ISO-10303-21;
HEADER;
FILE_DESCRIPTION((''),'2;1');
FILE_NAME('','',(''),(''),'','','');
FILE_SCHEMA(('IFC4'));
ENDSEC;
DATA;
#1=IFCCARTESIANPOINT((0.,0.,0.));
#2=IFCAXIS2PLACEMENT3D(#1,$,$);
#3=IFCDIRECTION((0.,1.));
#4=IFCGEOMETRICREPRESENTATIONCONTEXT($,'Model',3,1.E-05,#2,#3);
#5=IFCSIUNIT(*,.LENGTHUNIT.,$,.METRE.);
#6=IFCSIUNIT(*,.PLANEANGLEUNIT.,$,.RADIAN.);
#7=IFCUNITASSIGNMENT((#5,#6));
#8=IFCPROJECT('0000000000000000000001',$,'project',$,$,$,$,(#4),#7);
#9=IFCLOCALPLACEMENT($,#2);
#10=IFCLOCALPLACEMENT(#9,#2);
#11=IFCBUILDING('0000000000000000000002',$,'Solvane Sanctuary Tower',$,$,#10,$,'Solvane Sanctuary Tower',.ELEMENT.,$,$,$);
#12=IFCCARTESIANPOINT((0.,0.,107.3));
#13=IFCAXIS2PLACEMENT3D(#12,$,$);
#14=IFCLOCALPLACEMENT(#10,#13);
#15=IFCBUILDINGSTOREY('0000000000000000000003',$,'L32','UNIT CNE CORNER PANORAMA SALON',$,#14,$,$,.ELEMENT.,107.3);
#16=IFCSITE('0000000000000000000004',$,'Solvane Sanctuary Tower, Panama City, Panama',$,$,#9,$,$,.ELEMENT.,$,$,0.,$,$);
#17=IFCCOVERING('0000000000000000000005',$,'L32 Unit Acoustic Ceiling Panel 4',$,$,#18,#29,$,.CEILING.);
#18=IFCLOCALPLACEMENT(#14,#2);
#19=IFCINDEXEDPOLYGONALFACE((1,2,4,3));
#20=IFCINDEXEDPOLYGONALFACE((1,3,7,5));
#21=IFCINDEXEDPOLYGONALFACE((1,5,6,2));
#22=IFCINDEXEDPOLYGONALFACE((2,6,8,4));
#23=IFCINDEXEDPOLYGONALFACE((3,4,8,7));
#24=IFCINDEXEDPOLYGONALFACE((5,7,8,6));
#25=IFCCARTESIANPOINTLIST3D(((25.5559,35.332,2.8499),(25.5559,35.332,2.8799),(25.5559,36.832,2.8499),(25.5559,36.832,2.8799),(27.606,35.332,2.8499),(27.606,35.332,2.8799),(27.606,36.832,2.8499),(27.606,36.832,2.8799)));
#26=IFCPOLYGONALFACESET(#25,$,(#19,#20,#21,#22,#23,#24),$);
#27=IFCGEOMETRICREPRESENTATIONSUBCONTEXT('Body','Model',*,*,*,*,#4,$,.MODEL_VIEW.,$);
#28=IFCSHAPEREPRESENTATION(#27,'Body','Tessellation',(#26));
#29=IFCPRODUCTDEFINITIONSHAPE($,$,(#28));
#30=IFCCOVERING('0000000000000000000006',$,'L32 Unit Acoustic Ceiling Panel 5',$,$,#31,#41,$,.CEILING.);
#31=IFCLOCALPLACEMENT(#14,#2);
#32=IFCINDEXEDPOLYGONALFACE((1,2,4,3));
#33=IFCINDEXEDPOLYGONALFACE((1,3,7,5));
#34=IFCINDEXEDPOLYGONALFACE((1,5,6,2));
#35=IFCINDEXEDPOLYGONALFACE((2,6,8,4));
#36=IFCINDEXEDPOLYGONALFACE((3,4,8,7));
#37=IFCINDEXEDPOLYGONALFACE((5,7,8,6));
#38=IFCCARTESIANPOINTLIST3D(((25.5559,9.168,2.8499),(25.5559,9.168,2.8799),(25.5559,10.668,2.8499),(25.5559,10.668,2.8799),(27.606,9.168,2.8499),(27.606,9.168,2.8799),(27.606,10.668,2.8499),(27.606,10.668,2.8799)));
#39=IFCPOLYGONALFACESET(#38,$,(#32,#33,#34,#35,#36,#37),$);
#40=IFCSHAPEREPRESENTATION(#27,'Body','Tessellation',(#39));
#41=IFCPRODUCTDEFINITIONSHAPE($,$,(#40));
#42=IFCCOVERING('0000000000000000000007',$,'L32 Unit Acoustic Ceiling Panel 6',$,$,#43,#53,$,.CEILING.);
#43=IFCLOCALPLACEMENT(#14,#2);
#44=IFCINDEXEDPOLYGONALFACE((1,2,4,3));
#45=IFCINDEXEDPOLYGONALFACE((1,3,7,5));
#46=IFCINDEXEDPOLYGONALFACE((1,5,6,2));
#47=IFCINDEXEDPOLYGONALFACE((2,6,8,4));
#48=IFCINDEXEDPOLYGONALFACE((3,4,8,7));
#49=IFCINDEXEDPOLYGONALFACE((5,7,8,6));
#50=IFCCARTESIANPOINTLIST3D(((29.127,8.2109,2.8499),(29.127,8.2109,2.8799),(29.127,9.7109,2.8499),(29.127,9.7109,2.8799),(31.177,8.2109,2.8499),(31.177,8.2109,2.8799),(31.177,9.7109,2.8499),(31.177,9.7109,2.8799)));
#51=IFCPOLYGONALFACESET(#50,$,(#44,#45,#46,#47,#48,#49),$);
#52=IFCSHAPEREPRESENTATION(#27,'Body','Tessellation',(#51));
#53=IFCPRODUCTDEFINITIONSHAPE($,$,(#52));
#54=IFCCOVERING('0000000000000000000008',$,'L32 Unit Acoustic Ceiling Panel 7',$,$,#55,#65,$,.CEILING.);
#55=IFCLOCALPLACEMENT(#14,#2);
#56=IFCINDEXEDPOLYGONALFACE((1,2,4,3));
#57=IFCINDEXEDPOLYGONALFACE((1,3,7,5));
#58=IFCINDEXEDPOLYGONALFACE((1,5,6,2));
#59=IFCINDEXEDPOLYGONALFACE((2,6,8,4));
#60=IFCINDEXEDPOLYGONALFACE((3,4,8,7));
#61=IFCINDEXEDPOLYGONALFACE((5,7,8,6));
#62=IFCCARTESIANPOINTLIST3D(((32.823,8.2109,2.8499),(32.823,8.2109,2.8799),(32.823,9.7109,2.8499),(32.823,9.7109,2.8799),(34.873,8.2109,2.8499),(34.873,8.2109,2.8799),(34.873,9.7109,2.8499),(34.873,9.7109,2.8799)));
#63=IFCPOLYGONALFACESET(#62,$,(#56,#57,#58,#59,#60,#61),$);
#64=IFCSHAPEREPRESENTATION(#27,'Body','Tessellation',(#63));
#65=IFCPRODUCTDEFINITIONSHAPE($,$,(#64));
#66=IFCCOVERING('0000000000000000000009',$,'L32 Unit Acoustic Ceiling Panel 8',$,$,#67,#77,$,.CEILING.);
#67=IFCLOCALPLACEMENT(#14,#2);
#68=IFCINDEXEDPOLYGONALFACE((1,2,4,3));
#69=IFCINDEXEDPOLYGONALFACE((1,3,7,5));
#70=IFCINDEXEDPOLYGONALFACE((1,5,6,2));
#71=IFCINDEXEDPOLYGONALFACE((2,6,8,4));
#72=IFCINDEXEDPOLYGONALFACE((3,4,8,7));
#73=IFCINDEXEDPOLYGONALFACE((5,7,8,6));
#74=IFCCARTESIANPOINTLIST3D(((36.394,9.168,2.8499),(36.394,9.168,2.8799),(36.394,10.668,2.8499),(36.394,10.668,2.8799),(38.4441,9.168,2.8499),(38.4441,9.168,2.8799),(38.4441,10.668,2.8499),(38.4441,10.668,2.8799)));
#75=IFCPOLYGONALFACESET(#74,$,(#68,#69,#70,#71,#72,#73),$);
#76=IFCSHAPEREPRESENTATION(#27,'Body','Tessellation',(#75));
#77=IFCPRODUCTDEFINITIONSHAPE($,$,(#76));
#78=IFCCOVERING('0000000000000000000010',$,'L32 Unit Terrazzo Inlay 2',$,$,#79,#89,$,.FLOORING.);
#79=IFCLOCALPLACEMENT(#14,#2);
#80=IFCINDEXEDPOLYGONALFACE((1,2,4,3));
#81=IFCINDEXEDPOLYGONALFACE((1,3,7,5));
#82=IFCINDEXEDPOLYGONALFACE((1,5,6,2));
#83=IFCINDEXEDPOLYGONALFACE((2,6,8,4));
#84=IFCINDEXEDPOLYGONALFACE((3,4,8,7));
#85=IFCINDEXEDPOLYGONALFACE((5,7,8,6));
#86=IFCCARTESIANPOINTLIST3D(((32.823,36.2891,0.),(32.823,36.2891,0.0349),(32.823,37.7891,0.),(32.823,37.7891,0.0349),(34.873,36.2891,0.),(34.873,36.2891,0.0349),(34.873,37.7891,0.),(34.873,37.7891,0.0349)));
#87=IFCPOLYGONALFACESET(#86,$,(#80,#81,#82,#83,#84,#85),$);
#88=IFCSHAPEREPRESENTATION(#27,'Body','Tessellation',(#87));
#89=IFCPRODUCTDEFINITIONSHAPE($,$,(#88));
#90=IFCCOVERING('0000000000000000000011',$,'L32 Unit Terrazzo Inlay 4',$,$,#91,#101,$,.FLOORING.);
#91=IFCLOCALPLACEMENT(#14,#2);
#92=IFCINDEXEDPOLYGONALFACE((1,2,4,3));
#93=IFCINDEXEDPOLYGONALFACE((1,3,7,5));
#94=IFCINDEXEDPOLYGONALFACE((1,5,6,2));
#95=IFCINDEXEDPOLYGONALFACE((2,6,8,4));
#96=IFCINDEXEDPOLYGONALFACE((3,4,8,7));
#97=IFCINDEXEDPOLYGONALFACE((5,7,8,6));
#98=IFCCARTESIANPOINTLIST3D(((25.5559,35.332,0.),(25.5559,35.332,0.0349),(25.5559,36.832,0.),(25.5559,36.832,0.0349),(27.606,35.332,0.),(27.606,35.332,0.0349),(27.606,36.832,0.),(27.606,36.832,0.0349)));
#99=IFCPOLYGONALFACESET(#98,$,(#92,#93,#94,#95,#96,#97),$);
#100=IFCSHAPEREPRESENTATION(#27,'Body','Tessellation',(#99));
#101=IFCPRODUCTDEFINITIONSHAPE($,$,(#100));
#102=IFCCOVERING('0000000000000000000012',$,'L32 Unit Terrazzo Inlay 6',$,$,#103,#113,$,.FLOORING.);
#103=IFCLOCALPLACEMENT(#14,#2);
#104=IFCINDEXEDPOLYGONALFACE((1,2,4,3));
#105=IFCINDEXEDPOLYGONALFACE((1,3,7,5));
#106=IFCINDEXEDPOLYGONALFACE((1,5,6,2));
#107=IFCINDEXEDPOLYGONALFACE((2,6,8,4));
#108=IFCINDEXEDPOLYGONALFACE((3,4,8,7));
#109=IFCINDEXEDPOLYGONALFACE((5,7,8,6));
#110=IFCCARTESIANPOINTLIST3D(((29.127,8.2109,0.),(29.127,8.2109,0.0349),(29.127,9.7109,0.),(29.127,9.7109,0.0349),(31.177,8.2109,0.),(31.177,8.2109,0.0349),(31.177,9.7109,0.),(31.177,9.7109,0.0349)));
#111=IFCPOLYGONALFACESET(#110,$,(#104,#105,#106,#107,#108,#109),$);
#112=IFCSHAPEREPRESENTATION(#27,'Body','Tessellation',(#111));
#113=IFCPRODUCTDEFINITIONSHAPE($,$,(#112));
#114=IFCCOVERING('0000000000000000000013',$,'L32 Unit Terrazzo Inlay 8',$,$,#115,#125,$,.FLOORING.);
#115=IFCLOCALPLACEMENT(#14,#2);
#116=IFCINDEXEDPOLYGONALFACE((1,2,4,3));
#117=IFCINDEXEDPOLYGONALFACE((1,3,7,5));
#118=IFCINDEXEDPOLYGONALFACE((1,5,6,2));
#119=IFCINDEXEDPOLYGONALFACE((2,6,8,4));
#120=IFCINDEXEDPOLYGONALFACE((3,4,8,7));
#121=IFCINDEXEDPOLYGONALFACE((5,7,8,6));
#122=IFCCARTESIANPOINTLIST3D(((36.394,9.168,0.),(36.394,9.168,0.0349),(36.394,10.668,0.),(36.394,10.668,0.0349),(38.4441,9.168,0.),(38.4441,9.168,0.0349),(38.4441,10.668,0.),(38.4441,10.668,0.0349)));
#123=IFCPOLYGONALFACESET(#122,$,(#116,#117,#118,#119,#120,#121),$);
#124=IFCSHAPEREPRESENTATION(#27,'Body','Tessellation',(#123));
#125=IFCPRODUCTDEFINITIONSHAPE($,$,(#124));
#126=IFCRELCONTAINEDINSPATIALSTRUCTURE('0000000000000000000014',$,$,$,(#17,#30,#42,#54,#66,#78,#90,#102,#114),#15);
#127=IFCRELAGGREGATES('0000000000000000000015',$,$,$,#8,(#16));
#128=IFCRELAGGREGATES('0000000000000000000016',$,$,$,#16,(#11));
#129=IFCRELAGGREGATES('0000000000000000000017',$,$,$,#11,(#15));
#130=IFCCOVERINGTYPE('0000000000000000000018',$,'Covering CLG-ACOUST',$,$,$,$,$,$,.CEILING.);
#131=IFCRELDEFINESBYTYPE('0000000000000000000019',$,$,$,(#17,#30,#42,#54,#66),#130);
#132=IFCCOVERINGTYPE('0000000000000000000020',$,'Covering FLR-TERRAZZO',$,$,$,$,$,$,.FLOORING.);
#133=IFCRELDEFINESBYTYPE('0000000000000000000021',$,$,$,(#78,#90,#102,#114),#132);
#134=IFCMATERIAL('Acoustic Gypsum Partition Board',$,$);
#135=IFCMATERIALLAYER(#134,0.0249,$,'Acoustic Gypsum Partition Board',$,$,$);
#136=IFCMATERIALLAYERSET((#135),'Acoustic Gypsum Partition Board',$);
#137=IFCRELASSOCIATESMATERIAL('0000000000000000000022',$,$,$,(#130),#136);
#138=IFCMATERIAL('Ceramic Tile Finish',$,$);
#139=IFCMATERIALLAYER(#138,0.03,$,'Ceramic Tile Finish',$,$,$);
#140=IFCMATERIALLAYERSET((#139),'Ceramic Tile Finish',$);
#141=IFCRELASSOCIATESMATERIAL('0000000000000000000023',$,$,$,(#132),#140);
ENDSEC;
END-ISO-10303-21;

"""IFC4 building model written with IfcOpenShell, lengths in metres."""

from ifc_helpers import new_model, si_unit, direction, frame, origin, place, context, subcontext, project, spatial, polyline, outline, extrude, material, layer, layer_set, type_object, element, save


model = new_model("IFC4")

# Units and contexts
model_context = context("Model", 3, precision=1e-05, world=origin(), true_north=direction((0.0, 1.0)))
body_context = subcontext(model_context, "Body", "Model", "MODEL_VIEW")
ifc_project = project(units=[si_unit("LENGTHUNIT", "METRE"), si_unit("PLANEANGLEUNIT", "RADIAN")], contexts=[model_context])

# Site, building, storey
site_placement = place(None, origin())
site = spatial("IfcSite", under=ifc_project, at=site_placement, Name="Solvane Sanctuary Tower, Panama City, Panama", CompositionType="ELEMENT", RefElevation=0.0)
building_placement = place(site_placement, origin())
building = spatial("IfcBuilding", under=site, at=building_placement, Name="Solvane Sanctuary Tower", LongName="Solvane Sanctuary Tower", CompositionType="ELEMENT")
storey_placement = place(building_placement, frame((0.0, 0.0, 107.3)))
storey = spatial("IfcBuildingStorey", under=building, at=storey_placement, Name="L32", Description="UNIT CNE CORNER PANORAMA SALON", CompositionType="ELEMENT", Elevation=107.3)

# Coverings
ifc_material_1 = material(Name="Acoustic Gypsum Partition Board")
ifc_layer_1 = layer(ifc_material_1, 0.0249, Name="Acoustic Gypsum Partition Board")
ifc_layer_set_1 = layer_set([ifc_layer_1], Name="Acoustic Gypsum Partition Board")
covering_type_1 = type_object("IfcCoveringType", Name="Covering CLG-ACOUST", PredefinedType="CEILING", material=ifc_layer_set_1)
covering_1_placement = place(storey_placement, frame((0.0, 0.0, 2.8499)))
element("IfcCovering", 1, at=covering_1_placement, inside=storey, type_object=covering_type_1, Name="L32 Unit Acoustic Ceiling Panel 4", PredefinedType="CEILING", context=body_context, shape_type="SweptSolid", body=[
    extrude(outline(polyline([(25.5559, 35.332), (27.606, 35.332), (27.606, 36.832), (25.5559, 36.832), (25.5559, 35.332)])), origin(), (0.0, 0.0, 1.0), 0.03),
])
covering_2_placement = place(storey_placement, frame((0.0, 0.0, 2.8499)))
element("IfcCovering", 2, at=covering_2_placement, inside=storey, type_object=covering_type_1, Name="L32 Unit Acoustic Ceiling Panel 5", PredefinedType="CEILING", context=body_context, shape_type="SweptSolid", body=[
    extrude(outline(polyline([(25.5559, 9.168), (27.606, 9.168), (27.606, 10.668), (25.5559, 10.668), (25.5559, 9.168)])), origin(), (0.0, 0.0, 1.0), 0.03),
])
covering_3_placement = place(storey_placement, frame((0.0, 0.0, 2.8499)))
element("IfcCovering", 3, at=covering_3_placement, inside=storey, type_object=covering_type_1, Name="L32 Unit Acoustic Ceiling Panel 6", PredefinedType="CEILING", context=body_context, shape_type="SweptSolid", body=[
    extrude(outline(polyline([(29.127, 8.2109), (31.177, 8.2109), (31.177, 9.7109), (29.127, 9.7109), (29.127, 8.2109)])), origin(), (0.0, 0.0, 1.0), 0.03),
])
covering_4_placement = place(storey_placement, frame((0.0, 0.0, 2.8499)))
element("IfcCovering", 4, at=covering_4_placement, inside=storey, type_object=covering_type_1, Name="L32 Unit Acoustic Ceiling Panel 7", PredefinedType="CEILING", context=body_context, shape_type="SweptSolid", body=[
    extrude(outline(polyline([(32.823, 8.2109), (34.873, 8.2109), (34.873, 9.7109), (32.823, 9.7109), (32.823, 8.2109)])), origin(), (0.0, 0.0, 1.0), 0.03),
])
covering_5_placement = place(storey_placement, frame((0.0, 0.0, 2.8499)))
element("IfcCovering", 5, at=covering_5_placement, inside=storey, type_object=covering_type_1, Name="L32 Unit Acoustic Ceiling Panel 8", PredefinedType="CEILING", context=body_context, shape_type="SweptSolid", body=[
    extrude(outline(polyline([(36.394, 9.168), (38.4441, 9.168), (38.4441, 10.668), (36.394, 10.668), (36.394, 9.168)])), origin(), (0.0, 0.0, 1.0), 0.03),
])
ifc_material_2 = material(Name="Ceramic Tile Finish")
ifc_layer_2 = layer(ifc_material_2, 0.03, Name="Ceramic Tile Finish")
ifc_layer_set_2 = layer_set([ifc_layer_2], Name="Ceramic Tile Finish")
covering_type_2 = type_object("IfcCoveringType", Name="Covering FLR-TERRAZZO", PredefinedType="FLOORING", material=ifc_layer_set_2)
covering_6_placement = place(storey_placement, origin())
element("IfcCovering", 6, at=covering_6_placement, inside=storey, type_object=covering_type_2, Name="L32 Unit Terrazzo Inlay 2", PredefinedType="FLOORING", context=body_context, shape_type="SweptSolid", body=[
    extrude(outline(polyline([(32.823, 36.2891), (34.873, 36.2891), (34.873, 37.7891), (32.823, 37.7891), (32.823, 36.2891)])), origin(), (0.0, 0.0, 1.0), 0.0349),
])
covering_7_placement = place(storey_placement, origin())
element("IfcCovering", 7, at=covering_7_placement, inside=storey, type_object=covering_type_2, Name="L32 Unit Terrazzo Inlay 4", PredefinedType="FLOORING", context=body_context, shape_type="SweptSolid", body=[
    extrude(outline(polyline([(25.5559, 35.332), (27.606, 35.332), (27.606, 36.832), (25.5559, 36.832), (25.5559, 35.332)])), origin(), (0.0, 0.0, 1.0), 0.0349),
])
covering_8_placement = place(storey_placement, origin())
element("IfcCovering", 8, at=covering_8_placement, inside=storey, type_object=covering_type_2, Name="L32 Unit Terrazzo Inlay 6", PredefinedType="FLOORING", context=body_context, shape_type="SweptSolid", body=[
    extrude(outline(polyline([(29.127, 8.2109), (31.177, 8.2109), (31.177, 9.7109), (29.127, 9.7109), (29.127, 8.2109)])), origin(), (0.0, 0.0, 1.0), 0.0349),
])
covering_9_placement = place(storey_placement, origin())
element("IfcCovering", 9, at=covering_9_placement, inside=storey, type_object=covering_type_2, Name="L32 Unit Terrazzo Inlay 8", PredefinedType="FLOORING", context=body_context, shape_type="SweptSolid", body=[
    extrude(outline(polyline([(36.394, 9.168), (38.4441, 9.168), (38.4441, 10.668), (36.394, 10.668), (36.394, 9.168)])), origin(), (0.0, 0.0, 1.0), 0.0349),
])

save(model, "model.ifc")
